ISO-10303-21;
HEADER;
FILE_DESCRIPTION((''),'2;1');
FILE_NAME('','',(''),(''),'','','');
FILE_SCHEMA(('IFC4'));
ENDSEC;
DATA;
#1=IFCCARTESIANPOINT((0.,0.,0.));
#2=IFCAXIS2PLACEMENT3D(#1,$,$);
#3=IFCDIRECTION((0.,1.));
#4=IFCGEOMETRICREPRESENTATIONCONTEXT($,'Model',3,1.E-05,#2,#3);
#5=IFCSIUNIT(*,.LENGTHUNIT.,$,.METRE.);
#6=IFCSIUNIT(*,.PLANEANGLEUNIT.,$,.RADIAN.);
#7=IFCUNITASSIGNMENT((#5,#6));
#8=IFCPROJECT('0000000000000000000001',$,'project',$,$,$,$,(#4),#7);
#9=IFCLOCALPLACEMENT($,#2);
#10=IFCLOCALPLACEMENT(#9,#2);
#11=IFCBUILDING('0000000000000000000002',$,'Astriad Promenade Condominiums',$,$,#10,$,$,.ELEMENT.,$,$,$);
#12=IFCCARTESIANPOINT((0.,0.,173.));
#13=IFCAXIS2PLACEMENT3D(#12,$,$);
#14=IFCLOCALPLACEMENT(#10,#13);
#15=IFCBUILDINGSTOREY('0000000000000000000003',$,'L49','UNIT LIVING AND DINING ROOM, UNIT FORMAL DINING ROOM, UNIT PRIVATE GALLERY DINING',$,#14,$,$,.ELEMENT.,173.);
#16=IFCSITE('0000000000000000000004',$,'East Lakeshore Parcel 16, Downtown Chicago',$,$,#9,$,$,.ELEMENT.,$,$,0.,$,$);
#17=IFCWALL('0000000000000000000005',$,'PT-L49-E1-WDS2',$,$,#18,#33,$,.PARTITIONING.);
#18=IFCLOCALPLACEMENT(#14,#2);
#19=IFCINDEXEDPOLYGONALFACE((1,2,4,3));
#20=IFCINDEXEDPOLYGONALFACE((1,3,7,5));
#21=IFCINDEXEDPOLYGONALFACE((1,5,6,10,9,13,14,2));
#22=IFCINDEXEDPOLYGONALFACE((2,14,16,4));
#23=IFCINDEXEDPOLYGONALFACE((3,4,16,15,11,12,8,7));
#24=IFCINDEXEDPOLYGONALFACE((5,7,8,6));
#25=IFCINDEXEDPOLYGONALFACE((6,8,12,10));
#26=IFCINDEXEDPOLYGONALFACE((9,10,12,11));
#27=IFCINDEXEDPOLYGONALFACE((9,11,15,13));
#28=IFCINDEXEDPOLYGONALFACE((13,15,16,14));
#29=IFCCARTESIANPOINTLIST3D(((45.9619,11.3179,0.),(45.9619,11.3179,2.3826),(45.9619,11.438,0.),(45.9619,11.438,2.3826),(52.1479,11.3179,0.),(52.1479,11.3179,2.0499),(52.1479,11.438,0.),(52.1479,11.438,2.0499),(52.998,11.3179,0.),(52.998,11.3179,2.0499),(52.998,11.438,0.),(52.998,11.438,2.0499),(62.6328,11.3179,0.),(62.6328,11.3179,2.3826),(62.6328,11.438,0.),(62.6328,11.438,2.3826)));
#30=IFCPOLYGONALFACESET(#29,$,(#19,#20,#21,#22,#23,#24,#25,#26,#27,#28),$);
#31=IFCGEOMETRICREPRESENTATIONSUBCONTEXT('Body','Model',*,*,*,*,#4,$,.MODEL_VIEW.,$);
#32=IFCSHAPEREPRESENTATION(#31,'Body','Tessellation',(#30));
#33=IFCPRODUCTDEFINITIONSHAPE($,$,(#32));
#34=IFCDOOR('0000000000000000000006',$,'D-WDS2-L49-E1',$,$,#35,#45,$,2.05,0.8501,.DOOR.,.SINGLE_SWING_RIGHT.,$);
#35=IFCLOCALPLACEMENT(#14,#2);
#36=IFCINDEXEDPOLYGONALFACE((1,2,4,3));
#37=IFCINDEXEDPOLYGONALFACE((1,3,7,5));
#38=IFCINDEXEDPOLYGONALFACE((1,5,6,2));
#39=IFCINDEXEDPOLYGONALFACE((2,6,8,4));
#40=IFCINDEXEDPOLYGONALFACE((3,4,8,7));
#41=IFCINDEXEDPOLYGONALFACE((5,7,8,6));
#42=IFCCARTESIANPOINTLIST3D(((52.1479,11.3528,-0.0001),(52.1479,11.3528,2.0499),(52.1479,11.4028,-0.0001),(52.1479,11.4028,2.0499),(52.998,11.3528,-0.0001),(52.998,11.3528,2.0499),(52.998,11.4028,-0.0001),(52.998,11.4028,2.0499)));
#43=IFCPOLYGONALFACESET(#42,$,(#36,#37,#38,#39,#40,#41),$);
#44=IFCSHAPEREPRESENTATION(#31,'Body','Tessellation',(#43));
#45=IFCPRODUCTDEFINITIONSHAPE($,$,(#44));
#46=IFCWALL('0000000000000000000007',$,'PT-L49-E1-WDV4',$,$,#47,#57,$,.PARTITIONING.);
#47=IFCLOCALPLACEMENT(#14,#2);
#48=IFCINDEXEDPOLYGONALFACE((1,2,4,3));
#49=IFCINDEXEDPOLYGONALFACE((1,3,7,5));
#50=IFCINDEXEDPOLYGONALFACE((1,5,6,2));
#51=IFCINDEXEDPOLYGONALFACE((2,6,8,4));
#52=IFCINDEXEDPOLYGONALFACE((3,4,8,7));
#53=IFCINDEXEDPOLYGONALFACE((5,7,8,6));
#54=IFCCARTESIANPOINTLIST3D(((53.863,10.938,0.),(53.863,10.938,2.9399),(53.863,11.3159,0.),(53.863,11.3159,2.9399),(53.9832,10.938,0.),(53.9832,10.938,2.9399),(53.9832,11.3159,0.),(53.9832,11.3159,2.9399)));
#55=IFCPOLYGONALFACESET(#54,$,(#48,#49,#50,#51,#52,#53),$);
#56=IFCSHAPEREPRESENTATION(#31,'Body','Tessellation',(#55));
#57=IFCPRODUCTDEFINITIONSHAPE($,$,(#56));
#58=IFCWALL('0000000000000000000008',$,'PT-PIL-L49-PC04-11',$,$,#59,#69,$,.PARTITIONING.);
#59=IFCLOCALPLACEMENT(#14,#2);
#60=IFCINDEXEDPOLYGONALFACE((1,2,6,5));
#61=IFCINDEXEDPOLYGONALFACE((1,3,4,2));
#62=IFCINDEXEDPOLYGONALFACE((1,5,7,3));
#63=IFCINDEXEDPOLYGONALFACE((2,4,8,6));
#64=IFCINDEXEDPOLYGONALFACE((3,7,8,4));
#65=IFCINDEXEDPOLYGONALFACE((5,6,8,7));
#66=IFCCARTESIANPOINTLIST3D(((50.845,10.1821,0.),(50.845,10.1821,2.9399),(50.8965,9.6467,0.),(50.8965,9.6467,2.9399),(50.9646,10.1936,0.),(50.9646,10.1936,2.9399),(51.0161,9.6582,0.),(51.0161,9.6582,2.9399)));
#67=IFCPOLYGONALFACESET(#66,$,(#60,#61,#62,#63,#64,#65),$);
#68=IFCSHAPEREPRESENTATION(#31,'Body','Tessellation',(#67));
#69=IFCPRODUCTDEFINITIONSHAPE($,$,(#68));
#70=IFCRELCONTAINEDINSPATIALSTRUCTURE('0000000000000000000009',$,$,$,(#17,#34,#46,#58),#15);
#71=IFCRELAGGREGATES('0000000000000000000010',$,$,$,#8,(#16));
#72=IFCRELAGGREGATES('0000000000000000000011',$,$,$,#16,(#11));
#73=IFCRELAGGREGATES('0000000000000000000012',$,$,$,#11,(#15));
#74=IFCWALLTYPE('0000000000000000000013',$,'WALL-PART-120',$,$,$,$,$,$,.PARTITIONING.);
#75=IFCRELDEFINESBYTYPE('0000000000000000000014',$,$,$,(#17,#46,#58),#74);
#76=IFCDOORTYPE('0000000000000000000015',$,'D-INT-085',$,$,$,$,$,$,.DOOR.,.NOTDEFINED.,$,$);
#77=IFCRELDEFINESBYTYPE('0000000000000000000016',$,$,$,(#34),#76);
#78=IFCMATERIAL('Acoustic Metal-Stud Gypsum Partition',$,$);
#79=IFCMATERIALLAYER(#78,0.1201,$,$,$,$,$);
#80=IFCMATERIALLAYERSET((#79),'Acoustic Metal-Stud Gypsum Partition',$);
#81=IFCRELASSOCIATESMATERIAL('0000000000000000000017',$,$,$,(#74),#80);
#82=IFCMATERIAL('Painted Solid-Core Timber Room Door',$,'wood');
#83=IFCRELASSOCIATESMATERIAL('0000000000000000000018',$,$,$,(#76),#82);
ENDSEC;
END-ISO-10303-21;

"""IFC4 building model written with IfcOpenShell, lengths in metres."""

from ifc_helpers import new_model, si_unit, direction, frame, frame_2d, origin, place, context, subcontext, project, spatial, rectangle, extrude, source, transform, mapped, material, layer, layer_set, type_object, type_shapes, element, fill, save


model = new_model("IFC4")

# Units and contexts
model_context = context("Model", 3, precision=1e-05, world=origin(), true_north=direction((0.0, 1.0)))
body_context = subcontext(model_context, "Body", "Model", "MODEL_VIEW")
ifc_project = project(units=[si_unit("LENGTHUNIT", "METRE"), si_unit("PLANEANGLEUNIT", "RADIAN")], contexts=[model_context])

# Site, building, storey
site_placement = place(None, origin())
site = spatial("IfcSite", under=ifc_project, at=site_placement, Name="East Lakeshore Parcel 16, Downtown Chicago", CompositionType="ELEMENT", RefElevation=0.0)
building_placement = place(site_placement, origin())
building = spatial("IfcBuilding", under=site, at=building_placement, Name="Astriad Promenade Condominiums", CompositionType="ELEMENT")
storey_placement = place(building_placement, frame((0.0, 0.0, 173.0)))
storey = spatial("IfcBuildingStorey", under=building, at=storey_placement, Name="L49", Description="UNIT LIVING AND DINING ROOM, UNIT FORMAL DINING ROOM, UNIT PRIVATE GALLERY DINING", CompositionType="ELEMENT", Elevation=173.0)

# Shared definitions
ifc_material_1 = material(Name="Acoustic Metal-Stud Gypsum Partition")
ifc_layer = layer(ifc_material_1, 0.1201)
ifc_layer_set = layer_set([ifc_layer], Name="Acoustic Metal-Stud Gypsum Partition")
wall_type = type_object("IfcWallType", Name="WALL-PART-120", PredefinedType="PARTITIONING", material=ifc_layer_set)
ifc_material_2 = material(Name="Painted Solid-Core Timber Room Door", Category="wood")
door_type_1 = type_object("IfcDoorType", Name="D-INT-085", OperationType="NOTDEFINED", PredefinedType="DOOR", material=ifc_material_2)
shared_shape_1 = source(origin(), body_context, "Body", "SweptSolid", [
    extrude(rectangle(XDim=0.8501, YDim=2.05, at=frame_2d((0.425, 1.0249))), frame((0.0, 0.0249, 0.0), z_axis=(0.0, -1.0, 0.0), x_axis=(1.0, 0.0, 0.0)), (0.0, 0.0, 1.0), 0.05),
])
type_shapes(door_type_1, [shared_shape_1])

# Wall, opening, door
wall_1_placement = place(storey_placement, frame((45.9619, 11.3779, 0.0), z_axis=(0.0, 0.0, 1.0), x_axis=(1.0, 0.0, 0.0)))
wall_1 = element("IfcWall", 1, at=wall_1_placement, inside=storey, type_object=wall_type, Name="PT-L49-E1-WDS2", PredefinedType="PARTITIONING", context=body_context, shape_type="SweptSolid", body=[
    extrude(rectangle(XDim=16.6709, YDim=0.1201, at=frame_2d((8.3354, 0.0))), origin(), (0.0, 0.0, 1.0), 2.3826),
])
opening_1_placement = place(wall_1_placement, frame((6.186, 0.0, 0.0)))
opening_1 = element("IfcOpeningElement", 2, at=opening_1_placement, cuts=wall_1, PredefinedType="OPENING", context=body_context, shape_type="SweptSolid", body=[
    extrude(rectangle(XDim=0.8501, YDim=2.05, at=frame_2d((0.425, 1.0249))), frame((0.0, 0.0701, 0.0), z_axis=(0.0, -1.0, 0.0), x_axis=(1.0, 0.0, 0.0)), (0.0, 0.0, 1.0), 0.1401),
])
door_1_placement = place(opening_1_placement, origin())
door_1 = element("IfcDoor", 3, at=door_1_placement, inside=storey, type_object=door_type_1, Name="D-WDS2-L49-E1", OperationType="SINGLE_SWING_RIGHT", OverallHeight=2.05, OverallWidth=0.8501, PredefinedType="DOOR", context=body_context, shape_type="MappedRepresentation", body=[
    mapped(shared_shape_1, transform((0.0, 0.0, 0.0), scale=1.0)),
])
fill(opening_1, door_1)

# Walls
wall_2_placement = place(storey_placement, frame((53.9231, 10.938, 0.0), z_axis=(0.0, 0.0, 1.0), x_axis=(0.0, 1.0, 0.0)))
element("IfcWall", 4, at=wall_2_placement, inside=storey, type_object=wall_type, Name="PT-L49-E1-WDV4", PredefinedType="PARTITIONING", context=body_context, shape_type="SweptSolid", body=[
    extrude(rectangle(XDim=0.3779, YDim=0.1201, at=frame_2d((0.189, 0.0))), origin(), (0.0, 0.0, 1.0), 2.9399),
])
wall_3_placement = place(storey_placement, frame((50.9048, 10.188, 0.0), z_axis=(0.0, 0.0, 1.0), x_axis=(0.095773, -0.995403, 0.0)))
element("IfcWall", 5, at=wall_3_placement, inside=storey, type_object=wall_type, Name="PT-PIL-L49-PC04-11", PredefinedType="PARTITIONING", context=body_context, shape_type="SweptSolid", body=[
    extrude(rectangle(XDim=0.5378, YDim=0.1201, at=frame_2d((0.269, 0.0))), origin(), (0.0, 0.0, 1.0), 2.9399),
])

save(model, "model.ifc")
